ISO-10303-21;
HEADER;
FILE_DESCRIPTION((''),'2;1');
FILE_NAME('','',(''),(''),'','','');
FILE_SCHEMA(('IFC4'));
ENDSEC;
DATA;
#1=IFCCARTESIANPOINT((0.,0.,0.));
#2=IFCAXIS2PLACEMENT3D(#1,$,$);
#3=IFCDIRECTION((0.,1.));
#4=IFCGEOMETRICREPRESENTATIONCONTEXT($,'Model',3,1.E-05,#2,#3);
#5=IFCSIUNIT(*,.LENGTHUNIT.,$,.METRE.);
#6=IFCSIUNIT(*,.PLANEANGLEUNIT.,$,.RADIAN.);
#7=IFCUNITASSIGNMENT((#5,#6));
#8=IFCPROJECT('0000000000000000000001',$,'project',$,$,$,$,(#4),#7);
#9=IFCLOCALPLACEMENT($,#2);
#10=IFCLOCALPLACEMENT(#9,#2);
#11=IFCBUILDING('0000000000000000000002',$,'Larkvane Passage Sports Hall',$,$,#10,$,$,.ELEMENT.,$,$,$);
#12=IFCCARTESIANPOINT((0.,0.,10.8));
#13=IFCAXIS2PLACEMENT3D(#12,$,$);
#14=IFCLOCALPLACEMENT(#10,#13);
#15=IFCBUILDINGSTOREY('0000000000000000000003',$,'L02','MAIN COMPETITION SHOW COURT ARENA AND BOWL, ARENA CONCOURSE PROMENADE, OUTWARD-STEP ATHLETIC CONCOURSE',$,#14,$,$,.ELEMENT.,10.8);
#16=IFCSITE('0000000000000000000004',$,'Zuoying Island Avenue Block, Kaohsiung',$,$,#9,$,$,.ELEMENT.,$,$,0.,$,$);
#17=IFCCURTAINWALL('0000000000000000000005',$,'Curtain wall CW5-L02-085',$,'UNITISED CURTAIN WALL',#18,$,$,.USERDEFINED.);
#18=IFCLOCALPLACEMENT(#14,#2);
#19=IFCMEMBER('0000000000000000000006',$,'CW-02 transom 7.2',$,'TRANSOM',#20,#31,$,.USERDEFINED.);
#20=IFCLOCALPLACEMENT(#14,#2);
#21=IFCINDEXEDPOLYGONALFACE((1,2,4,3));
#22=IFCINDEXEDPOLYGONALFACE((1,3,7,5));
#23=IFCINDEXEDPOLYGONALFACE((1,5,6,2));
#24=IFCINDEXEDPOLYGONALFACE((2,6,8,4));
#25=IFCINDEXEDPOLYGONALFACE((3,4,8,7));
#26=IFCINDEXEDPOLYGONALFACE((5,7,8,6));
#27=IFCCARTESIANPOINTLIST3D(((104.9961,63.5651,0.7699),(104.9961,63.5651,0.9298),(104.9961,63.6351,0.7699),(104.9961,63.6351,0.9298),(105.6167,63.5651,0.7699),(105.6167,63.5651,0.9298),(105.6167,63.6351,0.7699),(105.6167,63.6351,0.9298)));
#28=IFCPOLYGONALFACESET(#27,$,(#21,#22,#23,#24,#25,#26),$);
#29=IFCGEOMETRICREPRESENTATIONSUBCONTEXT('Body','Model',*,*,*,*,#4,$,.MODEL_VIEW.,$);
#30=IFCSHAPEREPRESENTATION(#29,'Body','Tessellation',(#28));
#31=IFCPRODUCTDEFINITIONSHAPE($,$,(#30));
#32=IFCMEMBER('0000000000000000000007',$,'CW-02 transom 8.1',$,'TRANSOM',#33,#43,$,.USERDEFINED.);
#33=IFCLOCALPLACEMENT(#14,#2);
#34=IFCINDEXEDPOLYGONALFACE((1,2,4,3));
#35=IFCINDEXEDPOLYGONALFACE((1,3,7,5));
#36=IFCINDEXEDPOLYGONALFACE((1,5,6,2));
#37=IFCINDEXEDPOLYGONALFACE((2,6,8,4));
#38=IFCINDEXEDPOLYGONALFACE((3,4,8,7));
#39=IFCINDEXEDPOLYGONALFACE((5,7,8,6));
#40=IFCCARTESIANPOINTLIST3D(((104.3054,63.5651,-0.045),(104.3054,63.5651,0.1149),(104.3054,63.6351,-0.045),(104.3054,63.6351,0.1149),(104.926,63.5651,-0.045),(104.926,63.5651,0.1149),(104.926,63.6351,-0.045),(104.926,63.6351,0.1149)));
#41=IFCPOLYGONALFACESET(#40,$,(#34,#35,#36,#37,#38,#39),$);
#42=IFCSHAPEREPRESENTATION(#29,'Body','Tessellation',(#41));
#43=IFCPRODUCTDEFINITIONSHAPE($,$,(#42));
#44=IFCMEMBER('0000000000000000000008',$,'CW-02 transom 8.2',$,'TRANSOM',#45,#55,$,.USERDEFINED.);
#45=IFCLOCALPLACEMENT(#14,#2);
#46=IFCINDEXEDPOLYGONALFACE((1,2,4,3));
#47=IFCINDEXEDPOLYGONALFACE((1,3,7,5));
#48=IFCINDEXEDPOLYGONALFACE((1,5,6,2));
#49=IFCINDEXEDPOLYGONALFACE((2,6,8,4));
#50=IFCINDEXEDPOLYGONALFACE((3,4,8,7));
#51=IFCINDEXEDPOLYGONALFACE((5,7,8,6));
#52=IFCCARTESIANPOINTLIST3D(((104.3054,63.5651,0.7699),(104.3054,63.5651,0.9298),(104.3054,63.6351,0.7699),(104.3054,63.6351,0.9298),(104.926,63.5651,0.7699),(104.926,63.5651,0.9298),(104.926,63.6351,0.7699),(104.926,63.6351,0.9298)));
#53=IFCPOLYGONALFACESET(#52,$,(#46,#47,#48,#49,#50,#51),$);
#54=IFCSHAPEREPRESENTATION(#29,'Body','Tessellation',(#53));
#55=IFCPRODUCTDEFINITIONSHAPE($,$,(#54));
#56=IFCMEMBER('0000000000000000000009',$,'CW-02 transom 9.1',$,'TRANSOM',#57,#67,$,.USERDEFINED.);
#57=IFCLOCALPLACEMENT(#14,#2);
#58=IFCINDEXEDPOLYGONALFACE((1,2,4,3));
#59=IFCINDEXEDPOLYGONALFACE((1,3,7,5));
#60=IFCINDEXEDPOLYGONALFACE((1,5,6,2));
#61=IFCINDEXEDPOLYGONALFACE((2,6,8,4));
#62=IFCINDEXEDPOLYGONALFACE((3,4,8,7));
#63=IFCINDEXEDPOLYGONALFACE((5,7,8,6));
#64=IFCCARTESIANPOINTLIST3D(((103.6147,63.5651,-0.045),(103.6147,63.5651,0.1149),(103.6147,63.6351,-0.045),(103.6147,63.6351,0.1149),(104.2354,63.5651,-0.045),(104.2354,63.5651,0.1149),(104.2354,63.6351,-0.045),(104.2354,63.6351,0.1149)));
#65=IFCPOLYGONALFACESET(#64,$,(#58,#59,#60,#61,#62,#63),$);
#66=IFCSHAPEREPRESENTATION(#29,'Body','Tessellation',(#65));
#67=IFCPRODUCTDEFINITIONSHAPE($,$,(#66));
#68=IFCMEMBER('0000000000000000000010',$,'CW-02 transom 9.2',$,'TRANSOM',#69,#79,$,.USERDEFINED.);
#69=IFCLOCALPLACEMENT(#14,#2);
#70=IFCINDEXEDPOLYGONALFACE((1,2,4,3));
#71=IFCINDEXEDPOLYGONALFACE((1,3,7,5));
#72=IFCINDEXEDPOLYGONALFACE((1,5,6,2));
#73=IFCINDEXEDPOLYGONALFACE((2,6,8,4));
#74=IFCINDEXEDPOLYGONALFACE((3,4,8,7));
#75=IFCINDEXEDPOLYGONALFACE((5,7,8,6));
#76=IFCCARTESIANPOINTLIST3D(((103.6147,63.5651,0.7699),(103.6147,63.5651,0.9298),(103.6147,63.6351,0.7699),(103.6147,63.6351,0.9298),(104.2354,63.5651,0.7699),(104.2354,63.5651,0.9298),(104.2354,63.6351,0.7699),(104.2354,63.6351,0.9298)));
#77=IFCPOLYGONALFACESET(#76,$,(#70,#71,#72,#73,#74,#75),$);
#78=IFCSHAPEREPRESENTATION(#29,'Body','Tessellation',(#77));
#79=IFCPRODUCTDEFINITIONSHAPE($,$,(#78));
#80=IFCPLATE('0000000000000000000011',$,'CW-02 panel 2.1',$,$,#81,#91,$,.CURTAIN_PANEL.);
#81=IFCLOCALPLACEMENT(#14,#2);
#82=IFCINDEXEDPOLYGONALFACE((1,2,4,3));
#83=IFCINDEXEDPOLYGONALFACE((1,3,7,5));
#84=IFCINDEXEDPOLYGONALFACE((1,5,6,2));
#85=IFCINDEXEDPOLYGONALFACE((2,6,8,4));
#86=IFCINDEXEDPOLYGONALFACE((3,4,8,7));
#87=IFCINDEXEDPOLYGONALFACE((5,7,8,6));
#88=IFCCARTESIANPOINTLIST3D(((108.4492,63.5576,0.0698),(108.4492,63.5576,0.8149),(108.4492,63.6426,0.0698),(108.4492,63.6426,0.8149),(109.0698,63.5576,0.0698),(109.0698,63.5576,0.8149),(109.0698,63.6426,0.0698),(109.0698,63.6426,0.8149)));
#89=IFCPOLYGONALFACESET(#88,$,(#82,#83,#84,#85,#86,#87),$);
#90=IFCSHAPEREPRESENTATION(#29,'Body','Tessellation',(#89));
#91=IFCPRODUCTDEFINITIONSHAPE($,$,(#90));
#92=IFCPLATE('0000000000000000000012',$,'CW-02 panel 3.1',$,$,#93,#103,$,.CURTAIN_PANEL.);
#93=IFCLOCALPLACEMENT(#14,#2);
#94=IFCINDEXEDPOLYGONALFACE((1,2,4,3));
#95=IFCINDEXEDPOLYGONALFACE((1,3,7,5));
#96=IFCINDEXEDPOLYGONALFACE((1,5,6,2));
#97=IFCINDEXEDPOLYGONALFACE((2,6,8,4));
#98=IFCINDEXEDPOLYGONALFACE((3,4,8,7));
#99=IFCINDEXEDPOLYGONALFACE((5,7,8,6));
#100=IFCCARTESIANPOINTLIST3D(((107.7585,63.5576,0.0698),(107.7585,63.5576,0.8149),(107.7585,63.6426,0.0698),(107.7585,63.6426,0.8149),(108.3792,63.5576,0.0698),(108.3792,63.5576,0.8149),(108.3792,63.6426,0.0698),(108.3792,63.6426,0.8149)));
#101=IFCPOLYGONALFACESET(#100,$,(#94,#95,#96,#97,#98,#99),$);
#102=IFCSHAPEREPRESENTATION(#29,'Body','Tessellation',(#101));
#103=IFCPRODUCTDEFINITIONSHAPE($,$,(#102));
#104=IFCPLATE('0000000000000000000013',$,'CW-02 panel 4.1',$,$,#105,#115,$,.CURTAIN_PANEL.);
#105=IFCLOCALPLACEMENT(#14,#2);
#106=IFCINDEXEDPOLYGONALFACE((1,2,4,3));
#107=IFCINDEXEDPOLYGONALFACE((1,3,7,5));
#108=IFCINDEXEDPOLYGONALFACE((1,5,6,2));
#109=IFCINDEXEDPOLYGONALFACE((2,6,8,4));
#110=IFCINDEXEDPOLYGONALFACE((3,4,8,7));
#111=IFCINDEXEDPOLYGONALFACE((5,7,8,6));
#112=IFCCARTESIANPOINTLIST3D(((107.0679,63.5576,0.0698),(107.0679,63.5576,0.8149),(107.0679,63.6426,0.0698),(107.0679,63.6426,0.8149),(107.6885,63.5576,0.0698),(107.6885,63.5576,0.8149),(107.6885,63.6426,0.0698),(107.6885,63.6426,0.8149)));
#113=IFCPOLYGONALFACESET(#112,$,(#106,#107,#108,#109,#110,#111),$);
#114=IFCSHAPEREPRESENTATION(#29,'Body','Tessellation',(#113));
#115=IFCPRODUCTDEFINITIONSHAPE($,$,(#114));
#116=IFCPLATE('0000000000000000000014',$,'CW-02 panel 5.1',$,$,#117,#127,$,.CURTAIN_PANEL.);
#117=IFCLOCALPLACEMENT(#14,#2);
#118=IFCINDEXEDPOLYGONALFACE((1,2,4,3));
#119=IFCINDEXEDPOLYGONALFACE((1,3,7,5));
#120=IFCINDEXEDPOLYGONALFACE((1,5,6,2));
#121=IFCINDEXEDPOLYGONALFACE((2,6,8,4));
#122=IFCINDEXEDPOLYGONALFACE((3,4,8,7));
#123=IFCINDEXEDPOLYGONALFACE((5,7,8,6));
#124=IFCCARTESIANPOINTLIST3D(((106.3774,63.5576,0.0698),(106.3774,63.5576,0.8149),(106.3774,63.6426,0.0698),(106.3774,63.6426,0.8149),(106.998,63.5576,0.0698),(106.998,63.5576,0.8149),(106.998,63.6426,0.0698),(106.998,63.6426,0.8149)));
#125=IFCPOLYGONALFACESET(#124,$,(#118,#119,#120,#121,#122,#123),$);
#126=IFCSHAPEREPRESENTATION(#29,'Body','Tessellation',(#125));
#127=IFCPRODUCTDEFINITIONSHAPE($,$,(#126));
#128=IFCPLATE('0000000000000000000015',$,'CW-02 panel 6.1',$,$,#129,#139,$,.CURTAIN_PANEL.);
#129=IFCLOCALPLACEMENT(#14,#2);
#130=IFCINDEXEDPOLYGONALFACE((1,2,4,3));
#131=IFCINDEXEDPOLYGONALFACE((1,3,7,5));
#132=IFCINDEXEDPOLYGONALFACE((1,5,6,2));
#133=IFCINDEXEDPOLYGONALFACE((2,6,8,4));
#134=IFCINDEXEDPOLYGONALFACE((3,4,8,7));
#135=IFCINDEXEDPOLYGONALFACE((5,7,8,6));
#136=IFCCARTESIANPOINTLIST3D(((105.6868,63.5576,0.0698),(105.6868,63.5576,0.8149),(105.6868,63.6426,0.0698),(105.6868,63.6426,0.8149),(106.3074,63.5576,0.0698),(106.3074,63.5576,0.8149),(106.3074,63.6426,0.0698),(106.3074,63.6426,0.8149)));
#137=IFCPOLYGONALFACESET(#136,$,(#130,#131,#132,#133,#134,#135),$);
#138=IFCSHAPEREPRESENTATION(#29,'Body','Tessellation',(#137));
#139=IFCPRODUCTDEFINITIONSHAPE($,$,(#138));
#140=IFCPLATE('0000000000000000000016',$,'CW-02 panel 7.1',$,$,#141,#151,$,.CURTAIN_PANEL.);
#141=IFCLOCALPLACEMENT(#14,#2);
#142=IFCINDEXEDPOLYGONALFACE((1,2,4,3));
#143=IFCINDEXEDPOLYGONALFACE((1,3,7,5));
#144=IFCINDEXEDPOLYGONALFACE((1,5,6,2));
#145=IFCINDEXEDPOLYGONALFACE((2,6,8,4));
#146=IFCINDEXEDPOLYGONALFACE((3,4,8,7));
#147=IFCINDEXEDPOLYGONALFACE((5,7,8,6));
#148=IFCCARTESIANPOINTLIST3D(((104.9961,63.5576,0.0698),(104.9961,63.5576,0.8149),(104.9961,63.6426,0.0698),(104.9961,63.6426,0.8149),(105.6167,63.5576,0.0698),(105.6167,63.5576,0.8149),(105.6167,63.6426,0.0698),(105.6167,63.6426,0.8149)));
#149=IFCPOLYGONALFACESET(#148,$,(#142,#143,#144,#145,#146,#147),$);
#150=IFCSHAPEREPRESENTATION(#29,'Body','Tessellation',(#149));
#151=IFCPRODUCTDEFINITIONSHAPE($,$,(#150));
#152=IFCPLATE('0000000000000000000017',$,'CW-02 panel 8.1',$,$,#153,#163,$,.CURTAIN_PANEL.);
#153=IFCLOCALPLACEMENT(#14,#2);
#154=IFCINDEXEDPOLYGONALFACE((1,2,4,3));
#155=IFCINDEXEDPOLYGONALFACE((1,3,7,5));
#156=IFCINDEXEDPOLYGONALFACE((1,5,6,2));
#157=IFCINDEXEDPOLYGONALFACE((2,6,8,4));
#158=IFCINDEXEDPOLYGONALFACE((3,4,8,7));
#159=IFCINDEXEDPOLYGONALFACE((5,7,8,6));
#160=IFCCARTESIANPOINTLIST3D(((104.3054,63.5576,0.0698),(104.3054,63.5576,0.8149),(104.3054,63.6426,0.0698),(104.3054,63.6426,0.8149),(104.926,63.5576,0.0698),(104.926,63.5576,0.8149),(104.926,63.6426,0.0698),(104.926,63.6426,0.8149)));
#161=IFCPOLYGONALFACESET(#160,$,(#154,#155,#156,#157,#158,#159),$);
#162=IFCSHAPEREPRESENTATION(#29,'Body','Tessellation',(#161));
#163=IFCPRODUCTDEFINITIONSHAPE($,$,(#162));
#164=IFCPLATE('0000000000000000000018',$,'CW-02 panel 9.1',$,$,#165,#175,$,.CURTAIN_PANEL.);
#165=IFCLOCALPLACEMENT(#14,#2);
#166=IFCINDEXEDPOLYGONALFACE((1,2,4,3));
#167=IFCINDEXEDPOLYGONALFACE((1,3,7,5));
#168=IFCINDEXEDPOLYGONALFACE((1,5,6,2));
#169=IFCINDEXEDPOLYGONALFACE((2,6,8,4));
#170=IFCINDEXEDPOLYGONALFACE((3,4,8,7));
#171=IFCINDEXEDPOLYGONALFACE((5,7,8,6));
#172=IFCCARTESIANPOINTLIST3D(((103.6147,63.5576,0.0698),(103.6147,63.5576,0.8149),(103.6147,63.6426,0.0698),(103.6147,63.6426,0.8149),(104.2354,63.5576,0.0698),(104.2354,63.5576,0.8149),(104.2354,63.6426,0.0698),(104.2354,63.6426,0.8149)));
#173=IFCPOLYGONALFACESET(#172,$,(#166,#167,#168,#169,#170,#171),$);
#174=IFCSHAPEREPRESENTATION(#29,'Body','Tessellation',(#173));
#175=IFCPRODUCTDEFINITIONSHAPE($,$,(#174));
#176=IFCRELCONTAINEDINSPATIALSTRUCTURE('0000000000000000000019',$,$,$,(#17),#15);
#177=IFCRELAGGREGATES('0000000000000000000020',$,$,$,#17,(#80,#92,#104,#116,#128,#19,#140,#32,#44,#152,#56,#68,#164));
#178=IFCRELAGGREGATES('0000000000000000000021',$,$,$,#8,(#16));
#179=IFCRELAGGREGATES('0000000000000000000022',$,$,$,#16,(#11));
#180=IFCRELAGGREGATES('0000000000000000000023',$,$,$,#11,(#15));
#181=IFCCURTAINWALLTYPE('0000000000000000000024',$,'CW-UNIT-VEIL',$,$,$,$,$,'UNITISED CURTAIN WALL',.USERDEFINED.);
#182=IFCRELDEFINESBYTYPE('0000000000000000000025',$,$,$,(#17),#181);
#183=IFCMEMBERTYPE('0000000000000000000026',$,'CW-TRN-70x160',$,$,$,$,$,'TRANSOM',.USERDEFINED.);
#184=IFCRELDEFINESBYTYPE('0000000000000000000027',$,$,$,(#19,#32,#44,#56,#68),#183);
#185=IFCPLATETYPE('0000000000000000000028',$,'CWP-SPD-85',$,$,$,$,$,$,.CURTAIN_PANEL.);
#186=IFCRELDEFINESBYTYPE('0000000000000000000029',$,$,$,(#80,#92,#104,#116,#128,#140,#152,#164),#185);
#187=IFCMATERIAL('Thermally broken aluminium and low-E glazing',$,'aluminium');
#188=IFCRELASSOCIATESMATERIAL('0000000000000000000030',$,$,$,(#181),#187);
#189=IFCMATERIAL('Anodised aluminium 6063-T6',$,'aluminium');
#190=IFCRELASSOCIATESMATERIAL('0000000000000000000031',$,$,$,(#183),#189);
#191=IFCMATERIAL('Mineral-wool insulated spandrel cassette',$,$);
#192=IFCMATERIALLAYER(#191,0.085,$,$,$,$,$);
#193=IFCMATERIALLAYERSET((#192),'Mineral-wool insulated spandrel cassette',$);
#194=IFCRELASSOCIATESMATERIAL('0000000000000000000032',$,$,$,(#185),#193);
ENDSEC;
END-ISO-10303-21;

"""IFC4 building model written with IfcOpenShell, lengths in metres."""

from ifc_helpers import new_model, si_unit, direction, frame, origin, origin_2d, place, context, subcontext, project, spatial, rectangle, extrude, material, layer, layer_set, material_profile, profile_set, type_object, element, aggregate, save


model = new_model("IFC4")

# Units and contexts
model_context = context("Model", 3, precision=1e-05, world=origin(), true_north=direction((0.0, 1.0)))
body_context = subcontext(model_context, "Body", "Model", "MODEL_VIEW")
ifc_project = project(units=[si_unit("LENGTHUNIT", "METRE"), si_unit("PLANEANGLEUNIT", "RADIAN")], contexts=[model_context])

# Site, building, storey
site_placement = place(None, origin())
site = spatial("IfcSite", under=ifc_project, at=site_placement, Name="Zuoying Island Avenue Block, Kaohsiung", CompositionType="ELEMENT", RefElevation=0.0)
building_placement = place(site_placement, origin())
building = spatial("IfcBuilding", under=site, at=building_placement, Name="Larkvane Passage Sports Hall", CompositionType="ELEMENT")
storey_placement = place(building_placement, frame((0.0, 0.0, 10.8)))
storey = spatial("IfcBuildingStorey", under=building, at=storey_placement, Name="L02", Description="MAIN COMPETITION SHOW COURT ARENA AND BOWL, ARENA CONCOURSE PROMENADE, OUTWARD-STEP ATHLETIC CONCOURSE", CompositionType="ELEMENT", Elevation=10.8)

# Curtain wall, members, plates
ifc_material_1 = material(Name="Thermally broken aluminium and low-E glazing", Category="aluminium")
curtain_wall_type = type_object("IfcCurtainWallType", Name="CW-UNIT-VEIL", ElementType="UNITISED CURTAIN WALL", PredefinedType="USERDEFINED", material=ifc_material_1)
curtain_wall_placement = place(storey_placement, origin())
curtain_wall = element("IfcCurtainWall", 1, at=curtain_wall_placement, inside=storey, type_object=curtain_wall_type, Name="Curtain wall CW5-L02-085", ObjectType="UNITISED CURTAIN WALL", PredefinedType="USERDEFINED")
ifc_material_2 = material(Name="Anodised aluminium 6063-T6", Category="aluminium")
ifc_material_profile_1 = material_profile(ifc_material_2, rectangle(XDim=0.0701, YDim=0.1599, at=origin_2d()), Name="ALU-TRN-70x160")
ifc_profile_set_1 = profile_set([ifc_material_profile_1], Name="Anodised aluminium 6063-T6")
member_type_1 = type_object("IfcMemberType", Name="CW-TRN-70x160", ElementType="TRANSOM", PredefinedType="USERDEFINED", material=ifc_profile_set_1)
member_1_placement = place(storey_placement, frame((105.6167, 63.6001, 0.8499), z_axis=(-1.0, 0.0, 0.0), x_axis=(0.0, -1.0, 0.0)))
member_1 = element("IfcMember", 2, at=member_1_placement, type_object=member_type_1, Name="CW-02 transom 7.2", ObjectType="TRANSOM", PredefinedType="USERDEFINED", context=body_context, shape_type="SweptSolid", body=[
    extrude(rectangle(XDim=0.0701, YDim=0.1599, at=origin_2d()), origin(), (0.0, 0.0, 1.0), 0.6206),
])
member_2_placement = place(storey_placement, frame((104.926, 63.6001, 0.0349), z_axis=(-1.0, 0.0, 0.0), x_axis=(0.0, -1.0, 0.0)))
member_2 = element("IfcMember", 3, at=member_2_placement, type_object=member_type_1, Name="CW-02 transom 8.1", ObjectType="TRANSOM", PredefinedType="USERDEFINED", context=body_context, shape_type="SweptSolid", body=[
    extrude(rectangle(XDim=0.0701, YDim=0.1599, at=origin_2d()), origin(), (0.0, 0.0, 1.0), 0.6206),
])
member_3_placement = place(storey_placement, frame((104.926, 63.6001, 0.8499), z_axis=(-1.0, 0.0, 0.0), x_axis=(0.0, -1.0, 0.0)))
member_3 = element("IfcMember", 4, at=member_3_placement, type_object=member_type_1, Name="CW-02 transom 8.2", ObjectType="TRANSOM", PredefinedType="USERDEFINED", context=body_context, shape_type="SweptSolid", body=[
    extrude(rectangle(XDim=0.0701, YDim=0.1599, at=origin_2d()), origin(), (0.0, 0.0, 1.0), 0.6206),
])
member_4_placement = place(storey_placement, frame((104.2354, 63.6001, 0.0349), z_axis=(-1.0, 0.0, 0.0), x_axis=(0.0, -1.0, 0.0)))
member_4 = element("IfcMember", 5, at=member_4_placement, type_object=member_type_1, Name="CW-02 transom 9.1", ObjectType="TRANSOM", PredefinedType="USERDEFINED", context=body_context, shape_type="SweptSolid", body=[
    extrude(rectangle(XDim=0.0701, YDim=0.1599, at=origin_2d()), origin(), (0.0, 0.0, 1.0), 0.6206),
])
member_5_placement = place(storey_placement, frame((104.2354, 63.6001, 0.8499), z_axis=(-1.0, 0.0, 0.0), x_axis=(0.0, -1.0, 0.0)))
member_5 = element("IfcMember", 6, at=member_5_placement, type_object=member_type_1, Name="CW-02 transom 9.2", ObjectType="TRANSOM", PredefinedType="USERDEFINED", context=body_context, shape_type="SweptSolid", body=[
    extrude(rectangle(XDim=0.0701, YDim=0.1599, at=origin_2d()), origin(), (0.0, 0.0, 1.0), 0.6206),
])
ifc_material_3 = material(Name="Mineral-wool insulated spandrel cassette")
ifc_layer = layer(ifc_material_3, 0.085)
ifc_layer_set = layer_set([ifc_layer], Name="Mineral-wool insulated spandrel cassette")
plate_type = type_object("IfcPlateType", Name="CWP-SPD-85", PredefinedType="CURTAIN_PANEL", material=ifc_layer_set)
plate_1_placement = place(storey_placement, frame((108.7595, 63.6001, 0.0698), z_axis=(0.0, 0.0, 1.0), x_axis=(-1.0, 0.0, 0.0)))
plate_1 = element("IfcPlate", 7, at=plate_1_placement, type_object=plate_type, Name="CW-02 panel 2.1", PredefinedType="CURTAIN_PANEL", context=body_context, shape_type="SweptSolid", body=[
    extrude(rectangle(XDim=0.6206, YDim=0.085, at=origin_2d()), origin(), (0.0, 0.0, 1.0), 0.7451),
])
plate_2_placement = place(storey_placement, frame((108.0688, 63.6001, 0.0698), z_axis=(0.0, 0.0, 1.0), x_axis=(-1.0, 0.0, 0.0)))
plate_2 = element("IfcPlate", 8, at=plate_2_placement, type_object=plate_type, Name="CW-02 panel 3.1", PredefinedType="CURTAIN_PANEL", context=body_context, shape_type="SweptSolid", body=[
    extrude(rectangle(XDim=0.6206, YDim=0.085, at=origin_2d()), origin(), (0.0, 0.0, 1.0), 0.7451),
])
plate_3_placement = place(storey_placement, frame((107.3782, 63.6001, 0.0698), z_axis=(0.0, 0.0, 1.0), x_axis=(-1.0, 0.0, 0.0)))
plate_3 = element("IfcPlate", 9, at=plate_3_placement, type_object=plate_type, Name="CW-02 panel 4.1", PredefinedType="CURTAIN_PANEL", context=body_context, shape_type="SweptSolid", body=[
    extrude(rectangle(XDim=0.6206, YDim=0.085, at=origin_2d()), origin(), (0.0, 0.0, 1.0), 0.7451),
])
plate_4_placement = place(storey_placement, frame((106.6877, 63.6001, 0.0698), z_axis=(0.0, 0.0, 1.0), x_axis=(-1.0, 0.0, 0.0)))
plate_4 = element("IfcPlate", 10, at=plate_4_placement, type_object=plate_type, Name="CW-02 panel 5.1", PredefinedType="CURTAIN_PANEL", context=body_context, shape_type="SweptSolid", body=[
    extrude(rectangle(XDim=0.6206, YDim=0.085, at=origin_2d()), origin(), (0.0, 0.0, 1.0), 0.7451),
])
plate_5_placement = place(storey_placement, frame((105.9971, 63.6001, 0.0698), z_axis=(0.0, 0.0, 1.0), x_axis=(-1.0, 0.0, 0.0)))
plate_5 = element("IfcPlate", 11, at=plate_5_placement, type_object=plate_type, Name="CW-02 panel 6.1", PredefinedType="CURTAIN_PANEL", context=body_context, shape_type="SweptSolid", body=[
    extrude(rectangle(XDim=0.6206, YDim=0.085, at=origin_2d()), origin(), (0.0, 0.0, 1.0), 0.7451),
])
plate_6_placement = place(storey_placement, frame((105.3064, 63.6001, 0.0698), z_axis=(0.0, 0.0, 1.0), x_axis=(-1.0, 0.0, 0.0)))
plate_6 = element("IfcPlate", 12, at=plate_6_placement, type_object=plate_type, Name="CW-02 panel 7.1", PredefinedType="CURTAIN_PANEL", context=body_context, shape_type="SweptSolid", body=[
    extrude(rectangle(XDim=0.6206, YDim=0.085, at=origin_2d()), origin(), (0.0, 0.0, 1.0), 0.7451),
])
plate_7_placement = place(storey_placement, frame((104.6157, 63.6001, 0.0698), z_axis=(0.0, 0.0, 1.0), x_axis=(-1.0, 0.0, 0.0)))
plate_7 = element("IfcPlate", 13, at=plate_7_placement, type_object=plate_type, Name="CW-02 panel 8.1", PredefinedType="CURTAIN_PANEL", context=body_context, shape_type="SweptSolid", body=[
    extrude(rectangle(XDim=0.6206, YDim=0.085, at=origin_2d()), origin(), (0.0, 0.0, 1.0), 0.7451),
])
plate_8_placement = place(storey_placement, frame((103.925, 63.6001, 0.0698), z_axis=(0.0, 0.0, 1.0), x_axis=(-1.0, 0.0, 0.0)))
plate_8 = element("IfcPlate", 14, at=plate_8_placement, type_object=plate_type, Name="CW-02 panel 9.1", PredefinedType="CURTAIN_PANEL", context=body_context, shape_type="SweptSolid", body=[
    extrude(rectangle(XDim=0.6206, YDim=0.085, at=origin_2d()), origin(), (0.0, 0.0, 1.0), 0.7451),
])
aggregate(curtain_wall, [plate_1, plate_2, plate_3, plate_4, plate_5, member_1, plate_6, member_2, member_3, plate_7, member_4, member_5, plate_8])

save(model, "model.ifc")
